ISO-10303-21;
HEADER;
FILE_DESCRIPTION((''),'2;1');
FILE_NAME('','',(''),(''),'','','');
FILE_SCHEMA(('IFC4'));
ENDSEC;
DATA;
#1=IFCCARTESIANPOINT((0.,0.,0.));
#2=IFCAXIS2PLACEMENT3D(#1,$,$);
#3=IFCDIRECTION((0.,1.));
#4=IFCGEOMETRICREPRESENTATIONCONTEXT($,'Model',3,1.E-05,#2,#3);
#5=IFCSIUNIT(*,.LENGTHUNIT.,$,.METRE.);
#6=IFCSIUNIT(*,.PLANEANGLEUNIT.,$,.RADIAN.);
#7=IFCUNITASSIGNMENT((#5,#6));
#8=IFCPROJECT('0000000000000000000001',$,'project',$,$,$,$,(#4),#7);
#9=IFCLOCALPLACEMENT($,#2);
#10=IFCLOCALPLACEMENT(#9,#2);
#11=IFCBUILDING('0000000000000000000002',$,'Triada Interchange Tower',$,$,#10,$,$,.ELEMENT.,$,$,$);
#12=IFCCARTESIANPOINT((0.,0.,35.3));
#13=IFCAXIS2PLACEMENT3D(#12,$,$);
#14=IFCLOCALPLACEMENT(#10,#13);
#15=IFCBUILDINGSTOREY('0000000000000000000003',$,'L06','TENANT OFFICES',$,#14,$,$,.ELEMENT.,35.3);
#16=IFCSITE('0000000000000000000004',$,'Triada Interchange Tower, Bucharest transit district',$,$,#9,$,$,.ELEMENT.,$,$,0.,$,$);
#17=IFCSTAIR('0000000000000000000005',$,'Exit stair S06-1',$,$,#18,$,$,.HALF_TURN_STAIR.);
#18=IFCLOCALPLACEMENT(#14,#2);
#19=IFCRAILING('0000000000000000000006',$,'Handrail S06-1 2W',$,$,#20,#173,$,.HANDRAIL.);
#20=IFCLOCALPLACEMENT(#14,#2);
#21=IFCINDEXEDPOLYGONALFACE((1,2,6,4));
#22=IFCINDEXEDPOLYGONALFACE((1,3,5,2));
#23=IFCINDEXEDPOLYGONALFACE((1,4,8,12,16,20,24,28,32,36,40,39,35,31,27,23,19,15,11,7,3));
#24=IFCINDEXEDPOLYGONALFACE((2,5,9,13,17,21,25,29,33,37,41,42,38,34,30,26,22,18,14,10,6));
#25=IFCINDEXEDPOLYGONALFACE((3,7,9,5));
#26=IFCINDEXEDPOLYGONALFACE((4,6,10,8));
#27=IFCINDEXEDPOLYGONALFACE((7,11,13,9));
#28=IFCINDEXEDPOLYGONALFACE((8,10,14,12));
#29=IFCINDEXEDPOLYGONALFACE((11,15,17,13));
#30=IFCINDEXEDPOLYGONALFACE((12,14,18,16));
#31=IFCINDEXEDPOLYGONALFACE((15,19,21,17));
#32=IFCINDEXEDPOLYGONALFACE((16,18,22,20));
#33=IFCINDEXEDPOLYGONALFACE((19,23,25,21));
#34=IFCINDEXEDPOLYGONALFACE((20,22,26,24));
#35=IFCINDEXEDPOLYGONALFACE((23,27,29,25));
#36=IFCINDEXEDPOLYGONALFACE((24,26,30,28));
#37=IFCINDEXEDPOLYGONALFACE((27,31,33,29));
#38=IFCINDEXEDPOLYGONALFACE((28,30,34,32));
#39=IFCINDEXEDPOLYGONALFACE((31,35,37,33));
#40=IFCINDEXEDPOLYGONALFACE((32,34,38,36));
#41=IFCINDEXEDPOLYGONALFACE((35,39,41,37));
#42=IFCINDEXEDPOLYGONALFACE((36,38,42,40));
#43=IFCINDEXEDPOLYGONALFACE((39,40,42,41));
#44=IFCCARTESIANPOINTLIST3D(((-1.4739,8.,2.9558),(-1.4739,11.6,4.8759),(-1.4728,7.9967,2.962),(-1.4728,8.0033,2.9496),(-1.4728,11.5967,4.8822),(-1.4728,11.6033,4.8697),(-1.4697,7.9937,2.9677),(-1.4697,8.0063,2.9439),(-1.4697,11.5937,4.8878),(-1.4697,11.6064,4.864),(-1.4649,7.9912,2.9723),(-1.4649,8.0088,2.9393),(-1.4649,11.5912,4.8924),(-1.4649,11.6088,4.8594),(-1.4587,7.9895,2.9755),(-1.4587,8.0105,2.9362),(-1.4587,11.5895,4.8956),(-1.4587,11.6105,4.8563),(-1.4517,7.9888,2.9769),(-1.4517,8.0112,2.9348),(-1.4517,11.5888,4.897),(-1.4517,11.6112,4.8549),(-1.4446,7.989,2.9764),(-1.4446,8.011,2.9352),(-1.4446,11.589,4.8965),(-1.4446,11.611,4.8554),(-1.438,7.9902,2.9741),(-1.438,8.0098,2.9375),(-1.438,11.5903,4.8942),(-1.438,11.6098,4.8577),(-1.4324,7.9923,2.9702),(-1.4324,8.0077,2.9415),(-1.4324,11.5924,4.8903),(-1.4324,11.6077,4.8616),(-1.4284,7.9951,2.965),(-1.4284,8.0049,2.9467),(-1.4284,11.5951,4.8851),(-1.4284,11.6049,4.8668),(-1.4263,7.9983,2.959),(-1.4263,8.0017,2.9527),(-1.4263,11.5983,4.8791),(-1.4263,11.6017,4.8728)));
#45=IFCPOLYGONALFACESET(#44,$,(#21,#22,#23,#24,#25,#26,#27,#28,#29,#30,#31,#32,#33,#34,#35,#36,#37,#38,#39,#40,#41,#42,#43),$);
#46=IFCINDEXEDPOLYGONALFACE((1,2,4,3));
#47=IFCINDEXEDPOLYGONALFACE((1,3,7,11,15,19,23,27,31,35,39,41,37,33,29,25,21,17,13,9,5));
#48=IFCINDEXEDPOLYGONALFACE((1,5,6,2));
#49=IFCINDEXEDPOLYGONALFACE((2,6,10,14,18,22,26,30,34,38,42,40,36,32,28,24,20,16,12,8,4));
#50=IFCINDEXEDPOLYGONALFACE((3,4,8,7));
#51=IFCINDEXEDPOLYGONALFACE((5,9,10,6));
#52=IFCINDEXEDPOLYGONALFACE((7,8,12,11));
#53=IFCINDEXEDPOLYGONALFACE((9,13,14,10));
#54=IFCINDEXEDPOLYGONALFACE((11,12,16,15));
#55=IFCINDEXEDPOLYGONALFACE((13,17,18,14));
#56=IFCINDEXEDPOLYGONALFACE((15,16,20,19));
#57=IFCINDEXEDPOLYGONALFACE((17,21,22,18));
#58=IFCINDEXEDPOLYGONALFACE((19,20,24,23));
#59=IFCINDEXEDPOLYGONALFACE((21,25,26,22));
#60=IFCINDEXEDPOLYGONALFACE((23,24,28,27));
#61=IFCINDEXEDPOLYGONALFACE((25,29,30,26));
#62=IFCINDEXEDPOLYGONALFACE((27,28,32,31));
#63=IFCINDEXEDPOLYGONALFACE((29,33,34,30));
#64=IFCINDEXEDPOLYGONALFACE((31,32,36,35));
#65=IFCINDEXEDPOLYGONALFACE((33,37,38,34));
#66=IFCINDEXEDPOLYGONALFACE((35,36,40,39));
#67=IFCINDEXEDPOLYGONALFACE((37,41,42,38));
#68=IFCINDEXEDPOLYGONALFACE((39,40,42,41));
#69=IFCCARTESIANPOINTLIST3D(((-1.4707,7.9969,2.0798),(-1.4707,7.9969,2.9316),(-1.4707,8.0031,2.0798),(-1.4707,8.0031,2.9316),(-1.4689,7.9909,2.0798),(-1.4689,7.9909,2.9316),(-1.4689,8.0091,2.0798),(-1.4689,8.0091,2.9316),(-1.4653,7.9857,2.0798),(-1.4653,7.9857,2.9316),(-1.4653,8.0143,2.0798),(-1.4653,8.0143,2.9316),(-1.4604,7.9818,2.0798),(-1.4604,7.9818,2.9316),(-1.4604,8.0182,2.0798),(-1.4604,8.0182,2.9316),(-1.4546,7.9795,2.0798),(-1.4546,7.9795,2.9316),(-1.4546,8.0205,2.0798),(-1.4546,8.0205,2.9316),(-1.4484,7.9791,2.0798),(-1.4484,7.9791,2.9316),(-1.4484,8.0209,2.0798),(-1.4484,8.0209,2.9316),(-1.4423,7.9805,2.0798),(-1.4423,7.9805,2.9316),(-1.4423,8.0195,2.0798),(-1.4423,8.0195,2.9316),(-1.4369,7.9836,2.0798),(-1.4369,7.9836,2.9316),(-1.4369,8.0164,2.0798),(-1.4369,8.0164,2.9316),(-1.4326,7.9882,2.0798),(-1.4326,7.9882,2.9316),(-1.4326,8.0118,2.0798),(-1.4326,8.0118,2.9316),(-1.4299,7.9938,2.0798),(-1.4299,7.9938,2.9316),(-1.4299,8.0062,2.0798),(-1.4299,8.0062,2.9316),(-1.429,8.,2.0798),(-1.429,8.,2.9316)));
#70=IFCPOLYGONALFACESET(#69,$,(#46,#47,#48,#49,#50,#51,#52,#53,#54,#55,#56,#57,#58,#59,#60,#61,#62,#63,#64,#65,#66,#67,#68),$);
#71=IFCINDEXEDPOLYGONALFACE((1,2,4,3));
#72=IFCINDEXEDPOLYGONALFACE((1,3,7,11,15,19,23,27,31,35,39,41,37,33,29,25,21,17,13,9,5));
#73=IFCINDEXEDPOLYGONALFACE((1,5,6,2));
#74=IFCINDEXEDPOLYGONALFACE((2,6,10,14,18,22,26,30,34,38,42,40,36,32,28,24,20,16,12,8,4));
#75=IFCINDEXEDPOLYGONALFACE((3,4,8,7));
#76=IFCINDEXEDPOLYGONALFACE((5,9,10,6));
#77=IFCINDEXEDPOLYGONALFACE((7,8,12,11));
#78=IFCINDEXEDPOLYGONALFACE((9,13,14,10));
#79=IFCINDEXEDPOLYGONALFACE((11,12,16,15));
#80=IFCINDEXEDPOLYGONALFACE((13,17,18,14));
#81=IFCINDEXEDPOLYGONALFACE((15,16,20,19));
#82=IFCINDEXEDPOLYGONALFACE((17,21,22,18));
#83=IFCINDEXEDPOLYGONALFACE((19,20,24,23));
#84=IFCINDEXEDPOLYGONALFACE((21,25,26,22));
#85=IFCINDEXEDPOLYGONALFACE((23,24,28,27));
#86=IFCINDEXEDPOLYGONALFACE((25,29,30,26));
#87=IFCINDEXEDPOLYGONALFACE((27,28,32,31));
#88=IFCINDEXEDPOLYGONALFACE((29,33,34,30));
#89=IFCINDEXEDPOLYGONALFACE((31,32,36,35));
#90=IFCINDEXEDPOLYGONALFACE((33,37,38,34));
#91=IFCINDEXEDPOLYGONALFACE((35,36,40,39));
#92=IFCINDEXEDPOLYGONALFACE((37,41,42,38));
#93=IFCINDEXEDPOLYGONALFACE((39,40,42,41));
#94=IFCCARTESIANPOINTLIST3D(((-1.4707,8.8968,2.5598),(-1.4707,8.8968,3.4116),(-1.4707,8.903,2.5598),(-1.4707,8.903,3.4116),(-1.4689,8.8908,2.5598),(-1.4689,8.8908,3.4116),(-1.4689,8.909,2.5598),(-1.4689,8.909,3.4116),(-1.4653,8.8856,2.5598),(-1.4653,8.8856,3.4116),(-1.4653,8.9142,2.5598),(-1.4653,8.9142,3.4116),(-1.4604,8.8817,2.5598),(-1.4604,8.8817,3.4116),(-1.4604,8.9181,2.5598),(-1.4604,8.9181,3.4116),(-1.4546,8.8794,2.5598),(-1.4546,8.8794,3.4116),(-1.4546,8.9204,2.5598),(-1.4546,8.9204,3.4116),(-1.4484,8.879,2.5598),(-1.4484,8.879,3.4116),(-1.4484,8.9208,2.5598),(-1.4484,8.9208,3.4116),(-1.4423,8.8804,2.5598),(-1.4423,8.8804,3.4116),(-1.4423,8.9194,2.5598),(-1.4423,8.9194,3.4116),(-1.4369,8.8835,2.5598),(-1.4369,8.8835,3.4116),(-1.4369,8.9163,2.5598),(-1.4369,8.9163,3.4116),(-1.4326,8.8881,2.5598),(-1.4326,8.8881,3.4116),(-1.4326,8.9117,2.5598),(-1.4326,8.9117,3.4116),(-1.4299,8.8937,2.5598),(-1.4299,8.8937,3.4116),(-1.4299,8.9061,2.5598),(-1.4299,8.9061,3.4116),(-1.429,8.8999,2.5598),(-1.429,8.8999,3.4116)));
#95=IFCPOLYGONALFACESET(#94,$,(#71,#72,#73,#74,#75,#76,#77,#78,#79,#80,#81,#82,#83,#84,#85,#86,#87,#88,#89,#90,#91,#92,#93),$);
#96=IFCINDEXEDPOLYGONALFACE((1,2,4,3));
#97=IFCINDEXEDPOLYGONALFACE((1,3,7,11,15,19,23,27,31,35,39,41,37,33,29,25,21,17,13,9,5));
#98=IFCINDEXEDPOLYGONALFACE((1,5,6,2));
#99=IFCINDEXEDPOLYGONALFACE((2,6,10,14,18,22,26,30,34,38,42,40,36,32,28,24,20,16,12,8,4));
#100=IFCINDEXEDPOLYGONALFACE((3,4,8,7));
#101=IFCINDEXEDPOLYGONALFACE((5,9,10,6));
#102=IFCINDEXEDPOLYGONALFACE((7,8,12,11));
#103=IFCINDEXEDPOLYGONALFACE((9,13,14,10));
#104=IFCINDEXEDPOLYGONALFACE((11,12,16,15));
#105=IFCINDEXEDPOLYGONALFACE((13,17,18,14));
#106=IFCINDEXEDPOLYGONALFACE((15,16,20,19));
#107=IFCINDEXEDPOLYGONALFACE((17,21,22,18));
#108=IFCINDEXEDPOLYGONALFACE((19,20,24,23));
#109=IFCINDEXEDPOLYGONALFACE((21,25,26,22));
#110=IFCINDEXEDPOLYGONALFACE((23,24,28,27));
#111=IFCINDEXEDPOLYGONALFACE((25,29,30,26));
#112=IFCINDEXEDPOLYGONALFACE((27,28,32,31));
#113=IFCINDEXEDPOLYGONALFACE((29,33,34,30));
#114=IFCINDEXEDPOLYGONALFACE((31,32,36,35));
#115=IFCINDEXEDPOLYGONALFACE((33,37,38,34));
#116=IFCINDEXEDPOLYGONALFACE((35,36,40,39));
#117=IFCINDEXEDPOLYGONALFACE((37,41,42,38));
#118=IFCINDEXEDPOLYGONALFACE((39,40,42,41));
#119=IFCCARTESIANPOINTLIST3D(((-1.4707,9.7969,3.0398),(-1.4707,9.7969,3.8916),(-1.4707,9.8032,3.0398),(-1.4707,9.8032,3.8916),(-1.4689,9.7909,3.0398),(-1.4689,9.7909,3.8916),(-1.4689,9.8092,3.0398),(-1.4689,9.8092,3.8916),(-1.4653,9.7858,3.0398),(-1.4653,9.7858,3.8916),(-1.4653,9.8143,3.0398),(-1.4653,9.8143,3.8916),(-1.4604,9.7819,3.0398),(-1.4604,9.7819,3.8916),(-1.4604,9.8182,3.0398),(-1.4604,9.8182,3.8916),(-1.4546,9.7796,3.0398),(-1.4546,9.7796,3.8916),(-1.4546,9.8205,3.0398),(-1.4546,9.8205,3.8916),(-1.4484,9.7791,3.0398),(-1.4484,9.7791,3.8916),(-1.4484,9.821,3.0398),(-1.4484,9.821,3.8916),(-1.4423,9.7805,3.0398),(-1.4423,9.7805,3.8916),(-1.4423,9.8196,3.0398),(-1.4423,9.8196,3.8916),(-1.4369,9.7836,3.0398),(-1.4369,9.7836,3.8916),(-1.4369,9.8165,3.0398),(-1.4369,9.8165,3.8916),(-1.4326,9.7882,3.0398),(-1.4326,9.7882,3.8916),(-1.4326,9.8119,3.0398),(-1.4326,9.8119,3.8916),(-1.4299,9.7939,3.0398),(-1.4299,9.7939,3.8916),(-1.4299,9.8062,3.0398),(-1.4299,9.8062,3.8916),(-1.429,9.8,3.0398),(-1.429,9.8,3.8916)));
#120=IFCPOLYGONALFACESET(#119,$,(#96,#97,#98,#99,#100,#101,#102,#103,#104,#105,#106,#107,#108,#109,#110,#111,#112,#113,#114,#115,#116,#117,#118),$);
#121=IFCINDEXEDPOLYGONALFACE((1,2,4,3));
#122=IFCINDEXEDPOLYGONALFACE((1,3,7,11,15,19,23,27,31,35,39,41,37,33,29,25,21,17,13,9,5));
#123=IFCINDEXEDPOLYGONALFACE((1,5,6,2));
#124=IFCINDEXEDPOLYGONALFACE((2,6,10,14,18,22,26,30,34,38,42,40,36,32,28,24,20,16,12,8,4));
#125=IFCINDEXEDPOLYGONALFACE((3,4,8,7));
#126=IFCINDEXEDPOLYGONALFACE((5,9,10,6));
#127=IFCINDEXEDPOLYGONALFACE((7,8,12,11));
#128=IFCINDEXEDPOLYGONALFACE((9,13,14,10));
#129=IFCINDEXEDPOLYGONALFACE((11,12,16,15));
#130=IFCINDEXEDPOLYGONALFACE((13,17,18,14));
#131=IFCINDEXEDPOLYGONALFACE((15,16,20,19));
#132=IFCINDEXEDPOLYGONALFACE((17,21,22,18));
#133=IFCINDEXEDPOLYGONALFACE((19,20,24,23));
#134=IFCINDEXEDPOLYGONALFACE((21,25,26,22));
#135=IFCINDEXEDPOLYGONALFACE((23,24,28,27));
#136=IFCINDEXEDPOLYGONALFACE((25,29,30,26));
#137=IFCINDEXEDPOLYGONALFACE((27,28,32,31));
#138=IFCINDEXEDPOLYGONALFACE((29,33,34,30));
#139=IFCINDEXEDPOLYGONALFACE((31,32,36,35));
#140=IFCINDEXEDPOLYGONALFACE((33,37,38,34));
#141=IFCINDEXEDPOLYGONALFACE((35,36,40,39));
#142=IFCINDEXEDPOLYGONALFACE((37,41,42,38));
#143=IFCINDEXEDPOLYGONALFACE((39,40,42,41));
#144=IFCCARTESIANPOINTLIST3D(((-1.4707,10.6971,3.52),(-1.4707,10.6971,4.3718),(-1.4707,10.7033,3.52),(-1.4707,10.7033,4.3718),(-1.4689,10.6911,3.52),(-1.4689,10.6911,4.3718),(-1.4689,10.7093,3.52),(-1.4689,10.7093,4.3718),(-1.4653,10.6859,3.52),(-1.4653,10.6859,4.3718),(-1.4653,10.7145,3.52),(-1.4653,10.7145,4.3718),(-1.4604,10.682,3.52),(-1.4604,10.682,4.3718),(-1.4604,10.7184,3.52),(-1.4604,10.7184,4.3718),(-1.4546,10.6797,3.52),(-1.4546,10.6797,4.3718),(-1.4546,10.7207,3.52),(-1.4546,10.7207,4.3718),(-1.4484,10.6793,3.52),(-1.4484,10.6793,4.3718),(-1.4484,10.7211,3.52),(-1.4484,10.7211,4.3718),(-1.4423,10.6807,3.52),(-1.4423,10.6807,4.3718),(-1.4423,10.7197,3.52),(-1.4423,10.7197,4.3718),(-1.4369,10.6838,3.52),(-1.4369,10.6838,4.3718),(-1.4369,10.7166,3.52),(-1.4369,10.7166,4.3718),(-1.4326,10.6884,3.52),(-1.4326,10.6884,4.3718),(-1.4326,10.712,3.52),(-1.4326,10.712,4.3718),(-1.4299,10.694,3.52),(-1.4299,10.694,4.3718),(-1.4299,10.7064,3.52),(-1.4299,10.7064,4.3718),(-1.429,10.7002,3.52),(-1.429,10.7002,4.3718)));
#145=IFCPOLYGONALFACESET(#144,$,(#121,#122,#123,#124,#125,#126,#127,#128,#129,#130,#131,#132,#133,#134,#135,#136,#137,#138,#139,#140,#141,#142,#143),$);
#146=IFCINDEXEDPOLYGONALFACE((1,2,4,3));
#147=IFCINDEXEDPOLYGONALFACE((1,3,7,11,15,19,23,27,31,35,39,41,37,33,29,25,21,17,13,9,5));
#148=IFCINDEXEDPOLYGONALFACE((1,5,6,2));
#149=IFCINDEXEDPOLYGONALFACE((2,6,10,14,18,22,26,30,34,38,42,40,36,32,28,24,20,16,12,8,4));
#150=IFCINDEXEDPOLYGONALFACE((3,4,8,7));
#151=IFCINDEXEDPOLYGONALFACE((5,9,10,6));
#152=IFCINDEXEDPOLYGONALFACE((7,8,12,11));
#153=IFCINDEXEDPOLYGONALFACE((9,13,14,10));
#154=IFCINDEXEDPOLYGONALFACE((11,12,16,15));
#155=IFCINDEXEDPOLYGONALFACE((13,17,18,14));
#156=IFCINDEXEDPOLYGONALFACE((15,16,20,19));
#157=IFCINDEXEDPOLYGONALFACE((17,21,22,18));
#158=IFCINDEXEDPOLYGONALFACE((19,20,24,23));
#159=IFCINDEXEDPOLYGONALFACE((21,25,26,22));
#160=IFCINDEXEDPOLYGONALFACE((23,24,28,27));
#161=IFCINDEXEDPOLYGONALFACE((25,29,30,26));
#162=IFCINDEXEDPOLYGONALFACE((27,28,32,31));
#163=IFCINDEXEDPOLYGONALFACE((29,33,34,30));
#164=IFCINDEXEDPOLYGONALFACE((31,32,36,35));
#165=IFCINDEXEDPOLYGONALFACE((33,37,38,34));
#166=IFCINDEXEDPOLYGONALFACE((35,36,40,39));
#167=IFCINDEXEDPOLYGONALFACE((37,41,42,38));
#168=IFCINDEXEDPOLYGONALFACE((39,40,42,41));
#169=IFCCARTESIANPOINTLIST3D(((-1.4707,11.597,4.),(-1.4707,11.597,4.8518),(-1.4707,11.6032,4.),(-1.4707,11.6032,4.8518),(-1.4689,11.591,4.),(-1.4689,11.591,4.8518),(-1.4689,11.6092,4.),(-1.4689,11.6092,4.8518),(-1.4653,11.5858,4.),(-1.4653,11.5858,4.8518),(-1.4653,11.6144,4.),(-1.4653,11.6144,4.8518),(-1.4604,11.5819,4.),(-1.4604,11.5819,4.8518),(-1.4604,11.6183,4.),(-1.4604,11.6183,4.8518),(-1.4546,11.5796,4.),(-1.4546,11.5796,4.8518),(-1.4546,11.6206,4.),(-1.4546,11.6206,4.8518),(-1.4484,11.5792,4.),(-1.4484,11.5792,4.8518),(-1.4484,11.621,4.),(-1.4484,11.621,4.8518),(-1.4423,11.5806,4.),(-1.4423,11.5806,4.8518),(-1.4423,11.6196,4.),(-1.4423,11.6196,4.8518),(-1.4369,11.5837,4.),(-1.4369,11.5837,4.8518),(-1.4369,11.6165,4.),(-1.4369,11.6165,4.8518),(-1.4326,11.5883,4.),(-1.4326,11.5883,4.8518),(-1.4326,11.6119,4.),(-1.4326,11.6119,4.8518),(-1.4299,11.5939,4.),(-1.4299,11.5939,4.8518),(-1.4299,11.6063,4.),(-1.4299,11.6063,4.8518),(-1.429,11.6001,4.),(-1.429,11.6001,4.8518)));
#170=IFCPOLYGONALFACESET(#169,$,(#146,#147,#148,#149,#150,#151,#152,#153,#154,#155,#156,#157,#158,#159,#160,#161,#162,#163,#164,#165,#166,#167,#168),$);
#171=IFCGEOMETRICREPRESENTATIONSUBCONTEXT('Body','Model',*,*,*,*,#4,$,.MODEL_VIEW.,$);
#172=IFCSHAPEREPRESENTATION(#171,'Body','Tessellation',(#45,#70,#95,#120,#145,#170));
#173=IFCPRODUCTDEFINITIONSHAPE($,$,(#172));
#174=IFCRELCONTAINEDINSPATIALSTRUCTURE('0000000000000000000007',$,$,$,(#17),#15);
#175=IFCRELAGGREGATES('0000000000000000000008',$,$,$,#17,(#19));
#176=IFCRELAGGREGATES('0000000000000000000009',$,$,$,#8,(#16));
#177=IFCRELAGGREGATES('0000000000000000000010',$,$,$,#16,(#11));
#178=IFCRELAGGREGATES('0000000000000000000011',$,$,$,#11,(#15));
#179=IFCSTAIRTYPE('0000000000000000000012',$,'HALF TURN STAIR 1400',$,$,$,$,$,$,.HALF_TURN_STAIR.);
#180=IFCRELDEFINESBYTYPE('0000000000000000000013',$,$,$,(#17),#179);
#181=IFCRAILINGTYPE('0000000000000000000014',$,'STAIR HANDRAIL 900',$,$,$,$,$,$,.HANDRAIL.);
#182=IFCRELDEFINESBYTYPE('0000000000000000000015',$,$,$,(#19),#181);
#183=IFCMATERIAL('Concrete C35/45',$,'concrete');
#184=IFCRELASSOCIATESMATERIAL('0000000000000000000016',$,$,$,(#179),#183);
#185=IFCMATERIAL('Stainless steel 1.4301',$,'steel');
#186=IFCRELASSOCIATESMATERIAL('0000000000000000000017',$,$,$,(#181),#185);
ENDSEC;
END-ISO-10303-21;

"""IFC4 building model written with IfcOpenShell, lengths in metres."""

from ifc_helpers import new_model, si_unit, direction, frame, origin, origin_2d, place, context, subcontext, project, spatial, circle, extrude, material, type_object, element, aggregate, save


model = new_model("IFC4")

# Units and contexts
model_context = context("Model", 3, precision=1e-05, world=origin(), true_north=direction((0.0, 1.0)))
body_context = subcontext(model_context, "Body", "Model", "MODEL_VIEW")
ifc_project = project(units=[si_unit("LENGTHUNIT", "METRE"), si_unit("PLANEANGLEUNIT", "RADIAN")], contexts=[model_context])

# Site, building, storey
site_placement = place(None, origin())
site = spatial("IfcSite", under=ifc_project, at=site_placement, Name="Triada Interchange Tower, Bucharest transit district", CompositionType="ELEMENT", RefElevation=0.0)
building_placement = place(site_placement, origin())
building = spatial("IfcBuilding", under=site, at=building_placement, Name="Triada Interchange Tower", CompositionType="ELEMENT")
storey_placement = place(building_placement, frame((0.0, 0.0, 35.3)))
storey = spatial("IfcBuildingStorey", under=building, at=storey_placement, Name="L06", Description="TENANT OFFICES", CompositionType="ELEMENT", Elevation=35.3)

# Stair
ifc_material_1 = material(Name="Concrete C35/45", Category="concrete")
stair_type = type_object("IfcStairType", Name="HALF TURN STAIR 1400", PredefinedType="HALF_TURN_STAIR", material=ifc_material_1)
stair_placement = place(storey_placement, origin())
stair = element("IfcStair", 1, at=stair_placement, inside=storey, type_object=stair_type, Name="Exit stair S06-1", PredefinedType="HALF_TURN_STAIR")

# Railing
ifc_material_2 = material(Name="Stainless steel 1.4301", Category="steel")
railing_type = type_object("IfcRailingType", Name="STAIR HANDRAIL 900", PredefinedType="HANDRAIL", material=ifc_material_2)
railing_placement = place(storey_placement, frame((-1.45, 8.0, 2.0798)))
railing = element("IfcRailing", 2, at=railing_placement, type_object=railing_type, Name="Handrail S06-1 2W", PredefinedType="HANDRAIL", context=body_context, shape_type="SweptSolid", body=[
    extrude(circle(Radius=0.0239, at=origin_2d()), frame((0.0, 0.0, 0.876), z_axis=(0.0, 0.882341, 0.47061), x_axis=(-1.0, 0.0, 0.0)), (0.0, 0.0, 1.0), 4.0801),
    extrude(circle(Radius=0.021, at=origin_2d()), origin(), (0.0, 0.0, 1.0), 0.8518),
    extrude(circle(Radius=0.021, at=origin_2d()), frame((0.0, 0.8999, 0.48)), (0.0, 0.0, 1.0), 0.8518),
    extrude(circle(Radius=0.021, at=origin_2d()), frame((0.0, 1.8, 0.96)), (0.0, 0.0, 1.0), 0.8518),
    extrude(circle(Radius=0.021, at=origin_2d()), frame((0.0, 2.7002, 1.4402)), (0.0, 0.0, 1.0), 0.8518),
    extrude(circle(Radius=0.021, at=origin_2d()), frame((0.0, 3.6001, 1.9202)), (0.0, 0.0, 1.0), 0.8518),
])
aggregate(stair, [railing])

save(model, "model.ifc")
